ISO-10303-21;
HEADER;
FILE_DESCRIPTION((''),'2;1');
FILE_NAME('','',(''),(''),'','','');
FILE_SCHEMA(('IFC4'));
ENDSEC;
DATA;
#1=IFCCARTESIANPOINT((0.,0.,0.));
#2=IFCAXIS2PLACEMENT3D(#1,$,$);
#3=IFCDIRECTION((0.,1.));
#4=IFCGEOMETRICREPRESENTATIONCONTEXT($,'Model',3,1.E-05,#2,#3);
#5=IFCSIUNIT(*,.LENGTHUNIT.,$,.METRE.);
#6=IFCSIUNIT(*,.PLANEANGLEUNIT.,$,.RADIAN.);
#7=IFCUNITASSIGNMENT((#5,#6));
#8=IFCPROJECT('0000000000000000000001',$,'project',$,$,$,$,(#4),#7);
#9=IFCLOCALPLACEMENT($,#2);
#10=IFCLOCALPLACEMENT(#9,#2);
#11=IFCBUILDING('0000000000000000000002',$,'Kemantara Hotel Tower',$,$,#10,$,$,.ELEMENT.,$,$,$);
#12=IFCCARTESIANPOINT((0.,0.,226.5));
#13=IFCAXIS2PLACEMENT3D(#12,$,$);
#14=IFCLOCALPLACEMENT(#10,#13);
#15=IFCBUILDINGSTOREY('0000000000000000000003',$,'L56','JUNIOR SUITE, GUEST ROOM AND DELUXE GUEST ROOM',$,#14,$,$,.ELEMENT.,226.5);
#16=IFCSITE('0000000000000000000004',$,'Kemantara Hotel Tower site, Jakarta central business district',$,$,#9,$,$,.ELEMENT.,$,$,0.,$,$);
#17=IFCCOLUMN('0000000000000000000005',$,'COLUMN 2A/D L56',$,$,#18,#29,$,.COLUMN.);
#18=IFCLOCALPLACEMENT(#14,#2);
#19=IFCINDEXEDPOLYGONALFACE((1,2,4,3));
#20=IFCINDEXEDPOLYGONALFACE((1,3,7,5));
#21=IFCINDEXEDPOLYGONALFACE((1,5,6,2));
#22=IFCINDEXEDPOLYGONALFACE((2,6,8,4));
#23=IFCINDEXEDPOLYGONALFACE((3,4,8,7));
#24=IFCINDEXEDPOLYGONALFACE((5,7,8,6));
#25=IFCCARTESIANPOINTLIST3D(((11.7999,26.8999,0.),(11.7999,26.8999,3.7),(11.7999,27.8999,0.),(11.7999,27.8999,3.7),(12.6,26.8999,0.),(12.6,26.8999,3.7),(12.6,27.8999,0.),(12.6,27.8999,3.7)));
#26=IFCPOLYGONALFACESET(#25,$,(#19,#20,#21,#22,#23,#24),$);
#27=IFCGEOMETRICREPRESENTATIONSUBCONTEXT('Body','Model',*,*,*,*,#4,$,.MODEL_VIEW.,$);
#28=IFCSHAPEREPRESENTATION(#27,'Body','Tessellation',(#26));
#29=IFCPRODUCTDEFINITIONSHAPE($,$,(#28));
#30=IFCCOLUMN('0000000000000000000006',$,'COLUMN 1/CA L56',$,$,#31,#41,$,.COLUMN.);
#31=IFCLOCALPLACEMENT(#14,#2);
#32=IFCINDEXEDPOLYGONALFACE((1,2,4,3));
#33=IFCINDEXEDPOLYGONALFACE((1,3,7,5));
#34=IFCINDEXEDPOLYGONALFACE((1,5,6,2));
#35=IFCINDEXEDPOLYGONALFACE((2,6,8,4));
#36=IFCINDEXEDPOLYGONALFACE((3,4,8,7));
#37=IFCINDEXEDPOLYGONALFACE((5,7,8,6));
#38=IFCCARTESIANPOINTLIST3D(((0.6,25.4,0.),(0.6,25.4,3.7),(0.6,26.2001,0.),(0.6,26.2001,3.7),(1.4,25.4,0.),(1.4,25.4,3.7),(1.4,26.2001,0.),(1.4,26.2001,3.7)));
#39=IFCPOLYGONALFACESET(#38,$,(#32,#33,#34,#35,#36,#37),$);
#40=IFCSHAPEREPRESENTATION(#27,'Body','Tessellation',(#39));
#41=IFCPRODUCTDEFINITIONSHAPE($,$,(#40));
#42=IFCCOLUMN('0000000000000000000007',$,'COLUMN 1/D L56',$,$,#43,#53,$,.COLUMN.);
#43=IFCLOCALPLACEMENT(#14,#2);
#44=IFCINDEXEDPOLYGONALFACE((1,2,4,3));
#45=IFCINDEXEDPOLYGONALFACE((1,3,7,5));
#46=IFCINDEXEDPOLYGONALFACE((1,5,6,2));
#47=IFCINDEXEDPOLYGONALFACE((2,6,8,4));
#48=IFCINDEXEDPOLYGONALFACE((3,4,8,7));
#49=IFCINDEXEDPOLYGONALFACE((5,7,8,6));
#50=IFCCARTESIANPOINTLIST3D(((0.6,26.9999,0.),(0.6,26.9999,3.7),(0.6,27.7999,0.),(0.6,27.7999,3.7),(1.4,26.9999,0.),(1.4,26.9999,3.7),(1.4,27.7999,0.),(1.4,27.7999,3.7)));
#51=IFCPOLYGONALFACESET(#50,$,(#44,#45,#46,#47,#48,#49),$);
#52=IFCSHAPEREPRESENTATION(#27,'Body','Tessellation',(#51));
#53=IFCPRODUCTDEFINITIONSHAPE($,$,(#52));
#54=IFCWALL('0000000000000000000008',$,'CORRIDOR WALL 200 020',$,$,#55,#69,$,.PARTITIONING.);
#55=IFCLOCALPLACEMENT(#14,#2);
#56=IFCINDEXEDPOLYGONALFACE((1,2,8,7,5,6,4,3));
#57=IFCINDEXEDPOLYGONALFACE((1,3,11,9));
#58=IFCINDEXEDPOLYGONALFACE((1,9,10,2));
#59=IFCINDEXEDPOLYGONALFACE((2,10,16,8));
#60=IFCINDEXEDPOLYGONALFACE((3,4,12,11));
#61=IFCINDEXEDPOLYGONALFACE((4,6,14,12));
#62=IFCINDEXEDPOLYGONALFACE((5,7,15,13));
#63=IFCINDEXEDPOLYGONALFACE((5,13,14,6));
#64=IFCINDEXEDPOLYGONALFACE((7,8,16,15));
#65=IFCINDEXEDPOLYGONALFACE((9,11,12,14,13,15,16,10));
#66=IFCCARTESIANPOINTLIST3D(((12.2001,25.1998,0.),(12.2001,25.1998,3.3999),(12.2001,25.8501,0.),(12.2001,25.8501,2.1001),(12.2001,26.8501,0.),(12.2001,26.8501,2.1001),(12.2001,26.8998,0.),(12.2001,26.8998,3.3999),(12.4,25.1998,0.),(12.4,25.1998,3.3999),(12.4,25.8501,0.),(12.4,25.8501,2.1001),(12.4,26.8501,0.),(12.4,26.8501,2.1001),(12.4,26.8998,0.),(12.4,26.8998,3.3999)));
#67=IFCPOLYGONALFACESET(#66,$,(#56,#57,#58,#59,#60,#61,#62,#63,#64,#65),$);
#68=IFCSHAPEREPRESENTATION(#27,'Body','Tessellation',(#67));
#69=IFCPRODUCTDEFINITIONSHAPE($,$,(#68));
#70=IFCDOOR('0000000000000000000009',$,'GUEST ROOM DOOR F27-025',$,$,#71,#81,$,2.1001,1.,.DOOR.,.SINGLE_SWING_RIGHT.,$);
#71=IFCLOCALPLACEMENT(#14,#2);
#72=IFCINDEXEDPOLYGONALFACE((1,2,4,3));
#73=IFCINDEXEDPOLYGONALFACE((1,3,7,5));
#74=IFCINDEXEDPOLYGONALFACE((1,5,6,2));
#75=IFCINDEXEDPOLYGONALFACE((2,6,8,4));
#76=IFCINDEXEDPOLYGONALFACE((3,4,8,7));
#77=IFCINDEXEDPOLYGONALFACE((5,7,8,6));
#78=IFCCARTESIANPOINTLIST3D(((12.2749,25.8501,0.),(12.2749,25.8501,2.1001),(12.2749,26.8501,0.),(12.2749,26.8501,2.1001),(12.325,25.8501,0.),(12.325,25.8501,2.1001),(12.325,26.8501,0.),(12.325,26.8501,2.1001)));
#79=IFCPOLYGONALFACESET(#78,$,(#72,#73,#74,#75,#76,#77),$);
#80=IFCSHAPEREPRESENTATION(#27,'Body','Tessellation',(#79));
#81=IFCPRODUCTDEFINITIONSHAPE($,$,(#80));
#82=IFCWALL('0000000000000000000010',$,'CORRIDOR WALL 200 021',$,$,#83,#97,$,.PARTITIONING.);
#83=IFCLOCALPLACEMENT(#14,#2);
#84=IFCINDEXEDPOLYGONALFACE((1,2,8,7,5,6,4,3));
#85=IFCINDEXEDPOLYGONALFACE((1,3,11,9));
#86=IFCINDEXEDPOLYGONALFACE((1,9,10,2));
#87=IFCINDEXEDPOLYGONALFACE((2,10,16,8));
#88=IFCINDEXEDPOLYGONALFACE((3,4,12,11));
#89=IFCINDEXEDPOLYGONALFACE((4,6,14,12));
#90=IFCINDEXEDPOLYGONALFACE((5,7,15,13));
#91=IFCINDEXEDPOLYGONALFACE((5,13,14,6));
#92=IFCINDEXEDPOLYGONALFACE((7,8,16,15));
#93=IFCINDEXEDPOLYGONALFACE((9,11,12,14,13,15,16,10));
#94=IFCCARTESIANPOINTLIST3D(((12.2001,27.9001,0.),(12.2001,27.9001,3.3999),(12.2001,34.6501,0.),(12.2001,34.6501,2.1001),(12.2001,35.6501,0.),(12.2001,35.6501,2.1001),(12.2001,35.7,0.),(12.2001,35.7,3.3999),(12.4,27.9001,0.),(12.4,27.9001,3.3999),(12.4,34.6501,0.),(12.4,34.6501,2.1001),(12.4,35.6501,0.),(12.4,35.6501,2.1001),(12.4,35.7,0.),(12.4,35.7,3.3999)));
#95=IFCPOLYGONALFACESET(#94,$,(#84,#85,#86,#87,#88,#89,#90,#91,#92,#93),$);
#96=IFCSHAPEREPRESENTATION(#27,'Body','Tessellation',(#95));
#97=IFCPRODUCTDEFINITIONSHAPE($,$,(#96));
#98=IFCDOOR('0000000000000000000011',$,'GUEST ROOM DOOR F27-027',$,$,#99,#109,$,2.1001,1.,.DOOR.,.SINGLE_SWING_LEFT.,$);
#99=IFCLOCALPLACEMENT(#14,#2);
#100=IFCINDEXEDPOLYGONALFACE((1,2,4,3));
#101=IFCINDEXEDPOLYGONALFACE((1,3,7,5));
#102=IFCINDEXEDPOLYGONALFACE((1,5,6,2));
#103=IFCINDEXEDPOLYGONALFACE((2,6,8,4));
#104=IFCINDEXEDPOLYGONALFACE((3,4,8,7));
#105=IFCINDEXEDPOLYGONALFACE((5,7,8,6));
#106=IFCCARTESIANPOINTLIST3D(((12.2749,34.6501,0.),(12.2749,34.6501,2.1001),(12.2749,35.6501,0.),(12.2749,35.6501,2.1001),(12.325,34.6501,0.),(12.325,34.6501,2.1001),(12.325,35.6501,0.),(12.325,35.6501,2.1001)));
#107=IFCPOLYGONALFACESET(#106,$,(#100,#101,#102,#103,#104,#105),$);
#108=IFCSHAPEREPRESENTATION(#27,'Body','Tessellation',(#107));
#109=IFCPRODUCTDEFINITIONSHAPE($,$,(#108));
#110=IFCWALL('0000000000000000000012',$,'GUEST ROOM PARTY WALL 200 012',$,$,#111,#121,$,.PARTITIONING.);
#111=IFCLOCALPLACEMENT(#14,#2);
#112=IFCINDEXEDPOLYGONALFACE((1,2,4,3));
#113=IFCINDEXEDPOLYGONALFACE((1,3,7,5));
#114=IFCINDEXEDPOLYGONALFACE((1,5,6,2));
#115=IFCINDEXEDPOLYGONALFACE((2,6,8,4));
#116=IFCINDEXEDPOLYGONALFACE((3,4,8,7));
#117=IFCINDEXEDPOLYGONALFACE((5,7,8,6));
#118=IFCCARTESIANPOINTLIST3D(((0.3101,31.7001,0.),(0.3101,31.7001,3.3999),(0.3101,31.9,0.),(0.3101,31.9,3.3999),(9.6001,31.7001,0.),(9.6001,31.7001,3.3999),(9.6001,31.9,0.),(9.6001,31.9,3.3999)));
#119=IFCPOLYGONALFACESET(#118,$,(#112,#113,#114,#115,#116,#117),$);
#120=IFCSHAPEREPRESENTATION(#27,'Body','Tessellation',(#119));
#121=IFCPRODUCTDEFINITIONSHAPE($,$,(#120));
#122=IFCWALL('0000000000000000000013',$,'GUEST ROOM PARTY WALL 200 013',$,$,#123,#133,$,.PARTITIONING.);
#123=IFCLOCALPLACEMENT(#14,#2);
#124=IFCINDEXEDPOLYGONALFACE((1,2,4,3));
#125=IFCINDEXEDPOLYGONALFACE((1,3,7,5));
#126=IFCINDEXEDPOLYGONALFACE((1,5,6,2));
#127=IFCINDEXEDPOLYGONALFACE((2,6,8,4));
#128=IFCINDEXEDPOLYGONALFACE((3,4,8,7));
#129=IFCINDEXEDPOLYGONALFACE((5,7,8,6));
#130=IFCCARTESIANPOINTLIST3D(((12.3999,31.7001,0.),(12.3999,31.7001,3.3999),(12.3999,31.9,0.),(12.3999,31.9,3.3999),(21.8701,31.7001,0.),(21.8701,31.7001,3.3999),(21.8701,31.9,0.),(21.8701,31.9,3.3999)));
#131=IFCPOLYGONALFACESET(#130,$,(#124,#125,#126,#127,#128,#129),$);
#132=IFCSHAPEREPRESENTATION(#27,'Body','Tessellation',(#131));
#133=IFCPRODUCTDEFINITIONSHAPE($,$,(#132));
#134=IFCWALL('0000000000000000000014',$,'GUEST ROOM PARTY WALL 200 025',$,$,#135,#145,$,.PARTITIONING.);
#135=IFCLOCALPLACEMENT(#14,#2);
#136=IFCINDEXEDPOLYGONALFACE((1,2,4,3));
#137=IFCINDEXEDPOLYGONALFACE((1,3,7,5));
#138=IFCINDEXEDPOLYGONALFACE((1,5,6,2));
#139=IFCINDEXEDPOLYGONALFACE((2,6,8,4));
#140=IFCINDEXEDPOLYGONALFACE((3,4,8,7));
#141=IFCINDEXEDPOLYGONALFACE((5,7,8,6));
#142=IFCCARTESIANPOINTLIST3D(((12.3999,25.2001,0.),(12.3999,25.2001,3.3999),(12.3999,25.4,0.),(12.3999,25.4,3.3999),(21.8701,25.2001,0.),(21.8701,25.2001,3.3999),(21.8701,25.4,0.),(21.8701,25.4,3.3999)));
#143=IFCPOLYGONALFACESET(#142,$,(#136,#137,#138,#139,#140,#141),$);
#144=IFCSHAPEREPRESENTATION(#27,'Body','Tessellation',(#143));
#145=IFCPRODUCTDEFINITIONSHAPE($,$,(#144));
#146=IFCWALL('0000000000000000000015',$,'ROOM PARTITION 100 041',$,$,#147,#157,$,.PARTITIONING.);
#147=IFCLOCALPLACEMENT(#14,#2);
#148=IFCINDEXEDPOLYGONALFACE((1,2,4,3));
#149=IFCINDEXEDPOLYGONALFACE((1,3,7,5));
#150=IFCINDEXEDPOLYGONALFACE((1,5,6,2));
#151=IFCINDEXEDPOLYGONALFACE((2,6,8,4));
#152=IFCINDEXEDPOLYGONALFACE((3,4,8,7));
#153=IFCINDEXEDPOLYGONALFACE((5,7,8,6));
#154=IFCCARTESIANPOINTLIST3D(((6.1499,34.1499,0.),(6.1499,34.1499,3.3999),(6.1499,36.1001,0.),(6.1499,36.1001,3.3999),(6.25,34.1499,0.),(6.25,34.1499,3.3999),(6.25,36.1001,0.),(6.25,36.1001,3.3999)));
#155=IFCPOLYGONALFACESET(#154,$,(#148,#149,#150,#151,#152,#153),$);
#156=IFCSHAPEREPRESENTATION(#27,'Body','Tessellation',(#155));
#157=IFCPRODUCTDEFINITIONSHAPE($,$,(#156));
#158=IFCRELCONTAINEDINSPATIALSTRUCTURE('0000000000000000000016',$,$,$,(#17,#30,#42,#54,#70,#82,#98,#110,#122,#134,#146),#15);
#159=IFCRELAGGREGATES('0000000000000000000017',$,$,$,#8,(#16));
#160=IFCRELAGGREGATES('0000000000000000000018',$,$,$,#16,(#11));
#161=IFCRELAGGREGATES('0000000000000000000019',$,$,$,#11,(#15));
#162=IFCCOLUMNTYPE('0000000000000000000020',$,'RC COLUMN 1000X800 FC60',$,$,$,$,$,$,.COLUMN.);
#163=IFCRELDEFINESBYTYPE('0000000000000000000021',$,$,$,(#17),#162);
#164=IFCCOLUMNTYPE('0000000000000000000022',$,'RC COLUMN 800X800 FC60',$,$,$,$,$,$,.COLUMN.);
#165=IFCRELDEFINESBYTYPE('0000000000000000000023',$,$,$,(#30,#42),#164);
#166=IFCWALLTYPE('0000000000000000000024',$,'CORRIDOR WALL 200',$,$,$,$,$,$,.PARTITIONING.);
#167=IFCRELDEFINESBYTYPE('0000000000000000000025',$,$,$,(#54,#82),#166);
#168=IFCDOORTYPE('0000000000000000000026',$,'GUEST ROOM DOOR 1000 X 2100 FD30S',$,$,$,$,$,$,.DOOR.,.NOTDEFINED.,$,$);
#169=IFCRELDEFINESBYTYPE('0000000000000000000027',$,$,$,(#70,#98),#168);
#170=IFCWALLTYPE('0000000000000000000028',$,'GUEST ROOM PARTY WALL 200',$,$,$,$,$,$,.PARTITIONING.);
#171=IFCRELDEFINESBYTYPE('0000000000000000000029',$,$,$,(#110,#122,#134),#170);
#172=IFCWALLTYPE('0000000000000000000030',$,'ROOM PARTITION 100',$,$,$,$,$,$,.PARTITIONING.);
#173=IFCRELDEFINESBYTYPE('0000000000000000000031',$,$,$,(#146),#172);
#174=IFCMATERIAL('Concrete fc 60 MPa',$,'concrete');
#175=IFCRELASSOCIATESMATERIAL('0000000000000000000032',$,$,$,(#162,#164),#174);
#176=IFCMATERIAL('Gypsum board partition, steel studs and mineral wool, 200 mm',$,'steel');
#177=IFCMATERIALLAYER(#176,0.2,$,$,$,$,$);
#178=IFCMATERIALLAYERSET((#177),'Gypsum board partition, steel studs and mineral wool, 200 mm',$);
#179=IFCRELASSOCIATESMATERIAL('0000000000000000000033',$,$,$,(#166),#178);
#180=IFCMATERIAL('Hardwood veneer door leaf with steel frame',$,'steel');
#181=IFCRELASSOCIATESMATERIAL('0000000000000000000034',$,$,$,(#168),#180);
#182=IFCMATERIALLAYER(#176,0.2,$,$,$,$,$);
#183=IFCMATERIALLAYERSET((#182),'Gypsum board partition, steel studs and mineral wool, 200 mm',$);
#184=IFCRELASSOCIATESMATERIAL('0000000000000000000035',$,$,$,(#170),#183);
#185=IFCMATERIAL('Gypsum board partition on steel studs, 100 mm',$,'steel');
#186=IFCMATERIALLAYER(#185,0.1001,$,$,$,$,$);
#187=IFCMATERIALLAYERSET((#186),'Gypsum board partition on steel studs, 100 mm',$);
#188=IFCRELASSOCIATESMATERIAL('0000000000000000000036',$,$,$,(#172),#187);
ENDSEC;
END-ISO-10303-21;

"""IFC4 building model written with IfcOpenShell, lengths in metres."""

from ifc_helpers import new_model, si_unit, direction, frame, frame_2d, origin, origin_2d, place, context, subcontext, project, spatial, rectangle, extrude, material, layer, layer_set, material_profile, profile_set, type_object, element, fill, save


model = new_model("IFC4")

# Units and contexts
model_context = context("Model", 3, precision=1e-05, world=origin(), true_north=direction((0.0, 1.0)))
body_context = subcontext(model_context, "Body", "Model", "MODEL_VIEW")
ifc_project = project(units=[si_unit("LENGTHUNIT", "METRE"), si_unit("PLANEANGLEUNIT", "RADIAN")], contexts=[model_context])

# Site, building, storey
site_placement = place(None, origin())
site = spatial("IfcSite", under=ifc_project, at=site_placement, Name="Kemantara Hotel Tower site, Jakarta central business district", CompositionType="ELEMENT", RefElevation=0.0)
building_placement = place(site_placement, origin())
building = spatial("IfcBuilding", under=site, at=building_placement, Name="Kemantara Hotel Tower", CompositionType="ELEMENT")
storey_placement = place(building_placement, frame((0.0, 0.0, 226.5)))
storey = spatial("IfcBuildingStorey", under=building, at=storey_placement, Name="L56", Description="JUNIOR SUITE, GUEST ROOM AND DELUXE GUEST ROOM", CompositionType="ELEMENT", Elevation=226.5)

# Columns
ifc_material_1 = material(Name="Concrete fc 60 MPa", Category="concrete")
ifc_material_profile_1 = material_profile(ifc_material_1, rectangle(XDim=1.0, YDim=0.8, at=origin_2d()), Name="RC 1000X800")
ifc_profile_set_1 = profile_set([ifc_material_profile_1], Name="Concrete fc 60 MPa")
column_type_1 = type_object("IfcColumnType", Name="RC COLUMN 1000X800 FC60", PredefinedType="COLUMN", material=ifc_profile_set_1)
column_placement = place(storey_placement, frame((12.2, 27.3999, 0.0), z_axis=(0.0, 0.0, 1.0), x_axis=(0.0, 1.0, 0.0)))
element("IfcColumn", 1, at=column_placement, inside=storey, type_object=column_type_1, Name="COLUMN 2A/D L56", PredefinedType="COLUMN", context=body_context, shape_type="SweptSolid", body=[
    extrude(rectangle(XDim=1.0, YDim=0.8, at=origin_2d()), origin(), (0.0, 0.0, 1.0), 3.7),
])
ifc_material_profile_2 = material_profile(ifc_material_1, rectangle(XDim=0.8, YDim=0.8, at=origin_2d()), Name="RC 800X800")
ifc_profile_set_2 = profile_set([ifc_material_profile_2], Name="Concrete fc 60 MPa")
column_type_2 = type_object("IfcColumnType", Name="RC COLUMN 800X800 FC60", PredefinedType="COLUMN", material=ifc_profile_set_2)
for number, where, z_axis, x_axis, name in (
    (2, (1.0, 25.8, 0.0), (0.0, 0.0, 1.0), (1.0, 0.0, 0.0), "COLUMN 1/CA L56"),
    (3, (1.0, 27.3999, 0.0), (0.0, 0.0, 1.0), (1.0, 0.0, 0.0), "COLUMN 1/D L56"),
):
    element("IfcColumn", number, at=place(storey_placement, frame(where, z_axis=z_axis, x_axis=x_axis)), inside=storey, type_object=column_type_2, Name=name, PredefinedType="COLUMN", context=body_context, shape_type="SweptSolid", body=[
        extrude(rectangle(XDim=0.8, YDim=0.8, at=origin_2d()), origin(), (0.0, 0.0, 1.0), 3.7),
    ])

# Walls, openings, doors
ifc_material_2 = material(Name="Gypsum board partition, steel studs and mineral wool, 200 mm", Category="steel")
ifc_layer_1 = layer(ifc_material_2, 0.2)
ifc_layer_set_1 = layer_set([ifc_layer_1], Name="Gypsum board partition, steel studs and mineral wool, 200 mm")
wall_type_1 = type_object("IfcWallType", Name="CORRIDOR WALL 200", PredefinedType="PARTITIONING", material=ifc_layer_set_1)
wall_1_placement = place(storey_placement, frame((12.3, 26.8999, 0.0), z_axis=(0.0, 0.0, 1.0), x_axis=(0.0, -1.0, 0.0)))
wall_1 = element("IfcWall", 4, at=wall_1_placement, inside=storey, type_object=wall_type_1, Name="CORRIDOR WALL 200 020", PredefinedType="PARTITIONING", context=body_context, shape_type="SweptSolid", body=[
    extrude(rectangle(XDim=1.7, YDim=0.2, at=frame_2d((0.8501, 0.0))), origin(), (0.0, 0.0, 1.0), 3.3999),
])
opening_1_placement = place(wall_1_placement, frame((0.0498, 0.0, 0.0)))
opening_1 = element("IfcOpeningElement", 5, at=opening_1_placement, cuts=wall_1, PredefinedType="OPENING", context=body_context, shape_type="SweptSolid", body=[
    extrude(rectangle(XDim=1.0, YDim=2.1001, at=frame_2d((0.5, 1.05))), frame((0.0, 0.1099, 0.0), z_axis=(0.0, -1.0, 0.0), x_axis=(1.0, 0.0, 0.0)), (0.0, 0.0, 1.0), 0.22),
])
ifc_material_3 = material(Name="Hardwood veneer door leaf with steel frame", Category="steel")
door_type_1 = type_object("IfcDoorType", Name="GUEST ROOM DOOR 1000 X 2100 FD30S", OperationType="NOTDEFINED", PredefinedType="DOOR", material=ifc_material_3)
door_1_placement = place(opening_1_placement, origin())
door_1 = element("IfcDoor", 6, at=door_1_placement, inside=storey, type_object=door_type_1, Name="GUEST ROOM DOOR F27-025", OperationType="SINGLE_SWING_RIGHT", OverallHeight=2.1001, OverallWidth=1.0, PredefinedType="DOOR", context=body_context, shape_type="SweptSolid", body=[
    extrude(rectangle(XDim=1.0, YDim=2.1001, at=frame_2d((0.5, 1.05))), frame((0.0, 0.0249, 0.0), z_axis=(0.0, -1.0, 0.0), x_axis=(1.0, 0.0, 0.0)), (0.0, 0.0, 1.0), 0.05),
])
fill(opening_1, door_1)
wall_2_placement = place(storey_placement, frame((12.3, 35.7, 0.0), z_axis=(0.0, 0.0, 1.0), x_axis=(0.0, -1.0, 0.0)))
wall_2 = element("IfcWall", 7, at=wall_2_placement, inside=storey, type_object=wall_type_1, Name="CORRIDOR WALL 200 021", PredefinedType="PARTITIONING", context=body_context, shape_type="SweptSolid", body=[
    extrude(rectangle(XDim=7.7998, YDim=0.2, at=frame_2d((3.8999, 0.0))), origin(), (0.0, 0.0, 1.0), 3.3999),
])
opening_2_placement = place(wall_2_placement, frame((0.0498, 0.0, 0.0)))
opening_2 = element("IfcOpeningElement", 8, at=opening_2_placement, cuts=wall_2, PredefinedType="OPENING", context=body_context, shape_type="SweptSolid", body=[
    extrude(rectangle(XDim=1.0, YDim=2.1001, at=frame_2d((0.5, 1.05))), frame((0.0, 0.1099, 0.0), z_axis=(0.0, -1.0, 0.0), x_axis=(1.0, 0.0, 0.0)), (0.0, 0.0, 1.0), 0.22),
])
door_2_placement = place(opening_2_placement, origin())
door_2 = element("IfcDoor", 9, at=door_2_placement, inside=storey, type_object=door_type_1, Name="GUEST ROOM DOOR F27-027", OperationType="SINGLE_SWING_LEFT", OverallHeight=2.1001, OverallWidth=1.0, PredefinedType="DOOR", context=body_context, shape_type="SweptSolid", body=[
    extrude(rectangle(XDim=1.0, YDim=2.1001, at=frame_2d((0.5, 1.05))), frame((0.0, 0.0249, 0.0), z_axis=(0.0, -1.0, 0.0), x_axis=(1.0, 0.0, 0.0)), (0.0, 0.0, 1.0), 0.05),
])
fill(opening_2, door_2)

# Walls
ifc_layer_2 = layer(ifc_material_2, 0.2)
ifc_layer_set_2 = layer_set([ifc_layer_2], Name="Gypsum board partition, steel studs and mineral wool, 200 mm")
wall_type_2 = type_object("IfcWallType", Name="GUEST ROOM PARTY WALL 200", PredefinedType="PARTITIONING", material=ifc_layer_set_2)
wall_3_placement = place(storey_placement, frame((0.3101, 31.8, 0.0), z_axis=(0.0, 0.0, 1.0), x_axis=(1.0, 0.0, 0.0)))
element("IfcWall", 10, at=wall_3_placement, inside=storey, type_object=wall_type_2, Name="GUEST ROOM PARTY WALL 200 012", PredefinedType="PARTITIONING", context=body_context, shape_type="SweptSolid", body=[
    extrude(rectangle(XDim=9.29, YDim=0.2, at=frame_2d((4.645, 0.0))), origin(), (0.0, 0.0, 1.0), 3.3999),
])
for number, where, z_axis, x_axis, name in (
    (11, (12.3999, 31.8, 0.0), (0.0, 0.0, 1.0), (1.0, 0.0, 0.0), "GUEST ROOM PARTY WALL 200 013"),
    (12, (12.3999, 25.3, 0.0), (0.0, 0.0, 1.0), (1.0, 0.0, 0.0), "GUEST ROOM PARTY WALL 200 025"),
):
    element("IfcWall", number, at=place(storey_placement, frame(where, z_axis=z_axis, x_axis=x_axis)), inside=storey, type_object=wall_type_2, Name=name, PredefinedType="PARTITIONING", context=body_context, shape_type="SweptSolid", body=[
        extrude(rectangle(XDim=9.4702, YDim=0.2, at=frame_2d((4.7351, 0.0))), origin(), (0.0, 0.0, 1.0), 3.3999),
    ])
ifc_material_4 = material(Name="Gypsum board partition on steel studs, 100 mm", Category="steel")
ifc_layer_3 = layer(ifc_material_4, 0.1001)
ifc_layer_set_3 = layer_set([ifc_layer_3], Name="Gypsum board partition on steel studs, 100 mm")
wall_type_3 = type_object("IfcWallType", Name="ROOM PARTITION 100", PredefinedType="PARTITIONING", material=ifc_layer_set_3)
wall_4_placement = place(storey_placement, frame((6.2, 34.1499, 0.0), z_axis=(0.0, 0.0, 1.0), x_axis=(0.0, 1.0, 0.0)))
element("IfcWall", 13, at=wall_4_placement, inside=storey, type_object=wall_type_3, Name="ROOM PARTITION 100 041", PredefinedType="PARTITIONING", context=body_context, shape_type="SweptSolid", body=[
    extrude(rectangle(XDim=1.9502, YDim=0.1001, at=frame_2d((0.9751, 0.0))), origin(), (0.0, 0.0, 1.0), 3.3999),
])

save(model, "model.ifc")
